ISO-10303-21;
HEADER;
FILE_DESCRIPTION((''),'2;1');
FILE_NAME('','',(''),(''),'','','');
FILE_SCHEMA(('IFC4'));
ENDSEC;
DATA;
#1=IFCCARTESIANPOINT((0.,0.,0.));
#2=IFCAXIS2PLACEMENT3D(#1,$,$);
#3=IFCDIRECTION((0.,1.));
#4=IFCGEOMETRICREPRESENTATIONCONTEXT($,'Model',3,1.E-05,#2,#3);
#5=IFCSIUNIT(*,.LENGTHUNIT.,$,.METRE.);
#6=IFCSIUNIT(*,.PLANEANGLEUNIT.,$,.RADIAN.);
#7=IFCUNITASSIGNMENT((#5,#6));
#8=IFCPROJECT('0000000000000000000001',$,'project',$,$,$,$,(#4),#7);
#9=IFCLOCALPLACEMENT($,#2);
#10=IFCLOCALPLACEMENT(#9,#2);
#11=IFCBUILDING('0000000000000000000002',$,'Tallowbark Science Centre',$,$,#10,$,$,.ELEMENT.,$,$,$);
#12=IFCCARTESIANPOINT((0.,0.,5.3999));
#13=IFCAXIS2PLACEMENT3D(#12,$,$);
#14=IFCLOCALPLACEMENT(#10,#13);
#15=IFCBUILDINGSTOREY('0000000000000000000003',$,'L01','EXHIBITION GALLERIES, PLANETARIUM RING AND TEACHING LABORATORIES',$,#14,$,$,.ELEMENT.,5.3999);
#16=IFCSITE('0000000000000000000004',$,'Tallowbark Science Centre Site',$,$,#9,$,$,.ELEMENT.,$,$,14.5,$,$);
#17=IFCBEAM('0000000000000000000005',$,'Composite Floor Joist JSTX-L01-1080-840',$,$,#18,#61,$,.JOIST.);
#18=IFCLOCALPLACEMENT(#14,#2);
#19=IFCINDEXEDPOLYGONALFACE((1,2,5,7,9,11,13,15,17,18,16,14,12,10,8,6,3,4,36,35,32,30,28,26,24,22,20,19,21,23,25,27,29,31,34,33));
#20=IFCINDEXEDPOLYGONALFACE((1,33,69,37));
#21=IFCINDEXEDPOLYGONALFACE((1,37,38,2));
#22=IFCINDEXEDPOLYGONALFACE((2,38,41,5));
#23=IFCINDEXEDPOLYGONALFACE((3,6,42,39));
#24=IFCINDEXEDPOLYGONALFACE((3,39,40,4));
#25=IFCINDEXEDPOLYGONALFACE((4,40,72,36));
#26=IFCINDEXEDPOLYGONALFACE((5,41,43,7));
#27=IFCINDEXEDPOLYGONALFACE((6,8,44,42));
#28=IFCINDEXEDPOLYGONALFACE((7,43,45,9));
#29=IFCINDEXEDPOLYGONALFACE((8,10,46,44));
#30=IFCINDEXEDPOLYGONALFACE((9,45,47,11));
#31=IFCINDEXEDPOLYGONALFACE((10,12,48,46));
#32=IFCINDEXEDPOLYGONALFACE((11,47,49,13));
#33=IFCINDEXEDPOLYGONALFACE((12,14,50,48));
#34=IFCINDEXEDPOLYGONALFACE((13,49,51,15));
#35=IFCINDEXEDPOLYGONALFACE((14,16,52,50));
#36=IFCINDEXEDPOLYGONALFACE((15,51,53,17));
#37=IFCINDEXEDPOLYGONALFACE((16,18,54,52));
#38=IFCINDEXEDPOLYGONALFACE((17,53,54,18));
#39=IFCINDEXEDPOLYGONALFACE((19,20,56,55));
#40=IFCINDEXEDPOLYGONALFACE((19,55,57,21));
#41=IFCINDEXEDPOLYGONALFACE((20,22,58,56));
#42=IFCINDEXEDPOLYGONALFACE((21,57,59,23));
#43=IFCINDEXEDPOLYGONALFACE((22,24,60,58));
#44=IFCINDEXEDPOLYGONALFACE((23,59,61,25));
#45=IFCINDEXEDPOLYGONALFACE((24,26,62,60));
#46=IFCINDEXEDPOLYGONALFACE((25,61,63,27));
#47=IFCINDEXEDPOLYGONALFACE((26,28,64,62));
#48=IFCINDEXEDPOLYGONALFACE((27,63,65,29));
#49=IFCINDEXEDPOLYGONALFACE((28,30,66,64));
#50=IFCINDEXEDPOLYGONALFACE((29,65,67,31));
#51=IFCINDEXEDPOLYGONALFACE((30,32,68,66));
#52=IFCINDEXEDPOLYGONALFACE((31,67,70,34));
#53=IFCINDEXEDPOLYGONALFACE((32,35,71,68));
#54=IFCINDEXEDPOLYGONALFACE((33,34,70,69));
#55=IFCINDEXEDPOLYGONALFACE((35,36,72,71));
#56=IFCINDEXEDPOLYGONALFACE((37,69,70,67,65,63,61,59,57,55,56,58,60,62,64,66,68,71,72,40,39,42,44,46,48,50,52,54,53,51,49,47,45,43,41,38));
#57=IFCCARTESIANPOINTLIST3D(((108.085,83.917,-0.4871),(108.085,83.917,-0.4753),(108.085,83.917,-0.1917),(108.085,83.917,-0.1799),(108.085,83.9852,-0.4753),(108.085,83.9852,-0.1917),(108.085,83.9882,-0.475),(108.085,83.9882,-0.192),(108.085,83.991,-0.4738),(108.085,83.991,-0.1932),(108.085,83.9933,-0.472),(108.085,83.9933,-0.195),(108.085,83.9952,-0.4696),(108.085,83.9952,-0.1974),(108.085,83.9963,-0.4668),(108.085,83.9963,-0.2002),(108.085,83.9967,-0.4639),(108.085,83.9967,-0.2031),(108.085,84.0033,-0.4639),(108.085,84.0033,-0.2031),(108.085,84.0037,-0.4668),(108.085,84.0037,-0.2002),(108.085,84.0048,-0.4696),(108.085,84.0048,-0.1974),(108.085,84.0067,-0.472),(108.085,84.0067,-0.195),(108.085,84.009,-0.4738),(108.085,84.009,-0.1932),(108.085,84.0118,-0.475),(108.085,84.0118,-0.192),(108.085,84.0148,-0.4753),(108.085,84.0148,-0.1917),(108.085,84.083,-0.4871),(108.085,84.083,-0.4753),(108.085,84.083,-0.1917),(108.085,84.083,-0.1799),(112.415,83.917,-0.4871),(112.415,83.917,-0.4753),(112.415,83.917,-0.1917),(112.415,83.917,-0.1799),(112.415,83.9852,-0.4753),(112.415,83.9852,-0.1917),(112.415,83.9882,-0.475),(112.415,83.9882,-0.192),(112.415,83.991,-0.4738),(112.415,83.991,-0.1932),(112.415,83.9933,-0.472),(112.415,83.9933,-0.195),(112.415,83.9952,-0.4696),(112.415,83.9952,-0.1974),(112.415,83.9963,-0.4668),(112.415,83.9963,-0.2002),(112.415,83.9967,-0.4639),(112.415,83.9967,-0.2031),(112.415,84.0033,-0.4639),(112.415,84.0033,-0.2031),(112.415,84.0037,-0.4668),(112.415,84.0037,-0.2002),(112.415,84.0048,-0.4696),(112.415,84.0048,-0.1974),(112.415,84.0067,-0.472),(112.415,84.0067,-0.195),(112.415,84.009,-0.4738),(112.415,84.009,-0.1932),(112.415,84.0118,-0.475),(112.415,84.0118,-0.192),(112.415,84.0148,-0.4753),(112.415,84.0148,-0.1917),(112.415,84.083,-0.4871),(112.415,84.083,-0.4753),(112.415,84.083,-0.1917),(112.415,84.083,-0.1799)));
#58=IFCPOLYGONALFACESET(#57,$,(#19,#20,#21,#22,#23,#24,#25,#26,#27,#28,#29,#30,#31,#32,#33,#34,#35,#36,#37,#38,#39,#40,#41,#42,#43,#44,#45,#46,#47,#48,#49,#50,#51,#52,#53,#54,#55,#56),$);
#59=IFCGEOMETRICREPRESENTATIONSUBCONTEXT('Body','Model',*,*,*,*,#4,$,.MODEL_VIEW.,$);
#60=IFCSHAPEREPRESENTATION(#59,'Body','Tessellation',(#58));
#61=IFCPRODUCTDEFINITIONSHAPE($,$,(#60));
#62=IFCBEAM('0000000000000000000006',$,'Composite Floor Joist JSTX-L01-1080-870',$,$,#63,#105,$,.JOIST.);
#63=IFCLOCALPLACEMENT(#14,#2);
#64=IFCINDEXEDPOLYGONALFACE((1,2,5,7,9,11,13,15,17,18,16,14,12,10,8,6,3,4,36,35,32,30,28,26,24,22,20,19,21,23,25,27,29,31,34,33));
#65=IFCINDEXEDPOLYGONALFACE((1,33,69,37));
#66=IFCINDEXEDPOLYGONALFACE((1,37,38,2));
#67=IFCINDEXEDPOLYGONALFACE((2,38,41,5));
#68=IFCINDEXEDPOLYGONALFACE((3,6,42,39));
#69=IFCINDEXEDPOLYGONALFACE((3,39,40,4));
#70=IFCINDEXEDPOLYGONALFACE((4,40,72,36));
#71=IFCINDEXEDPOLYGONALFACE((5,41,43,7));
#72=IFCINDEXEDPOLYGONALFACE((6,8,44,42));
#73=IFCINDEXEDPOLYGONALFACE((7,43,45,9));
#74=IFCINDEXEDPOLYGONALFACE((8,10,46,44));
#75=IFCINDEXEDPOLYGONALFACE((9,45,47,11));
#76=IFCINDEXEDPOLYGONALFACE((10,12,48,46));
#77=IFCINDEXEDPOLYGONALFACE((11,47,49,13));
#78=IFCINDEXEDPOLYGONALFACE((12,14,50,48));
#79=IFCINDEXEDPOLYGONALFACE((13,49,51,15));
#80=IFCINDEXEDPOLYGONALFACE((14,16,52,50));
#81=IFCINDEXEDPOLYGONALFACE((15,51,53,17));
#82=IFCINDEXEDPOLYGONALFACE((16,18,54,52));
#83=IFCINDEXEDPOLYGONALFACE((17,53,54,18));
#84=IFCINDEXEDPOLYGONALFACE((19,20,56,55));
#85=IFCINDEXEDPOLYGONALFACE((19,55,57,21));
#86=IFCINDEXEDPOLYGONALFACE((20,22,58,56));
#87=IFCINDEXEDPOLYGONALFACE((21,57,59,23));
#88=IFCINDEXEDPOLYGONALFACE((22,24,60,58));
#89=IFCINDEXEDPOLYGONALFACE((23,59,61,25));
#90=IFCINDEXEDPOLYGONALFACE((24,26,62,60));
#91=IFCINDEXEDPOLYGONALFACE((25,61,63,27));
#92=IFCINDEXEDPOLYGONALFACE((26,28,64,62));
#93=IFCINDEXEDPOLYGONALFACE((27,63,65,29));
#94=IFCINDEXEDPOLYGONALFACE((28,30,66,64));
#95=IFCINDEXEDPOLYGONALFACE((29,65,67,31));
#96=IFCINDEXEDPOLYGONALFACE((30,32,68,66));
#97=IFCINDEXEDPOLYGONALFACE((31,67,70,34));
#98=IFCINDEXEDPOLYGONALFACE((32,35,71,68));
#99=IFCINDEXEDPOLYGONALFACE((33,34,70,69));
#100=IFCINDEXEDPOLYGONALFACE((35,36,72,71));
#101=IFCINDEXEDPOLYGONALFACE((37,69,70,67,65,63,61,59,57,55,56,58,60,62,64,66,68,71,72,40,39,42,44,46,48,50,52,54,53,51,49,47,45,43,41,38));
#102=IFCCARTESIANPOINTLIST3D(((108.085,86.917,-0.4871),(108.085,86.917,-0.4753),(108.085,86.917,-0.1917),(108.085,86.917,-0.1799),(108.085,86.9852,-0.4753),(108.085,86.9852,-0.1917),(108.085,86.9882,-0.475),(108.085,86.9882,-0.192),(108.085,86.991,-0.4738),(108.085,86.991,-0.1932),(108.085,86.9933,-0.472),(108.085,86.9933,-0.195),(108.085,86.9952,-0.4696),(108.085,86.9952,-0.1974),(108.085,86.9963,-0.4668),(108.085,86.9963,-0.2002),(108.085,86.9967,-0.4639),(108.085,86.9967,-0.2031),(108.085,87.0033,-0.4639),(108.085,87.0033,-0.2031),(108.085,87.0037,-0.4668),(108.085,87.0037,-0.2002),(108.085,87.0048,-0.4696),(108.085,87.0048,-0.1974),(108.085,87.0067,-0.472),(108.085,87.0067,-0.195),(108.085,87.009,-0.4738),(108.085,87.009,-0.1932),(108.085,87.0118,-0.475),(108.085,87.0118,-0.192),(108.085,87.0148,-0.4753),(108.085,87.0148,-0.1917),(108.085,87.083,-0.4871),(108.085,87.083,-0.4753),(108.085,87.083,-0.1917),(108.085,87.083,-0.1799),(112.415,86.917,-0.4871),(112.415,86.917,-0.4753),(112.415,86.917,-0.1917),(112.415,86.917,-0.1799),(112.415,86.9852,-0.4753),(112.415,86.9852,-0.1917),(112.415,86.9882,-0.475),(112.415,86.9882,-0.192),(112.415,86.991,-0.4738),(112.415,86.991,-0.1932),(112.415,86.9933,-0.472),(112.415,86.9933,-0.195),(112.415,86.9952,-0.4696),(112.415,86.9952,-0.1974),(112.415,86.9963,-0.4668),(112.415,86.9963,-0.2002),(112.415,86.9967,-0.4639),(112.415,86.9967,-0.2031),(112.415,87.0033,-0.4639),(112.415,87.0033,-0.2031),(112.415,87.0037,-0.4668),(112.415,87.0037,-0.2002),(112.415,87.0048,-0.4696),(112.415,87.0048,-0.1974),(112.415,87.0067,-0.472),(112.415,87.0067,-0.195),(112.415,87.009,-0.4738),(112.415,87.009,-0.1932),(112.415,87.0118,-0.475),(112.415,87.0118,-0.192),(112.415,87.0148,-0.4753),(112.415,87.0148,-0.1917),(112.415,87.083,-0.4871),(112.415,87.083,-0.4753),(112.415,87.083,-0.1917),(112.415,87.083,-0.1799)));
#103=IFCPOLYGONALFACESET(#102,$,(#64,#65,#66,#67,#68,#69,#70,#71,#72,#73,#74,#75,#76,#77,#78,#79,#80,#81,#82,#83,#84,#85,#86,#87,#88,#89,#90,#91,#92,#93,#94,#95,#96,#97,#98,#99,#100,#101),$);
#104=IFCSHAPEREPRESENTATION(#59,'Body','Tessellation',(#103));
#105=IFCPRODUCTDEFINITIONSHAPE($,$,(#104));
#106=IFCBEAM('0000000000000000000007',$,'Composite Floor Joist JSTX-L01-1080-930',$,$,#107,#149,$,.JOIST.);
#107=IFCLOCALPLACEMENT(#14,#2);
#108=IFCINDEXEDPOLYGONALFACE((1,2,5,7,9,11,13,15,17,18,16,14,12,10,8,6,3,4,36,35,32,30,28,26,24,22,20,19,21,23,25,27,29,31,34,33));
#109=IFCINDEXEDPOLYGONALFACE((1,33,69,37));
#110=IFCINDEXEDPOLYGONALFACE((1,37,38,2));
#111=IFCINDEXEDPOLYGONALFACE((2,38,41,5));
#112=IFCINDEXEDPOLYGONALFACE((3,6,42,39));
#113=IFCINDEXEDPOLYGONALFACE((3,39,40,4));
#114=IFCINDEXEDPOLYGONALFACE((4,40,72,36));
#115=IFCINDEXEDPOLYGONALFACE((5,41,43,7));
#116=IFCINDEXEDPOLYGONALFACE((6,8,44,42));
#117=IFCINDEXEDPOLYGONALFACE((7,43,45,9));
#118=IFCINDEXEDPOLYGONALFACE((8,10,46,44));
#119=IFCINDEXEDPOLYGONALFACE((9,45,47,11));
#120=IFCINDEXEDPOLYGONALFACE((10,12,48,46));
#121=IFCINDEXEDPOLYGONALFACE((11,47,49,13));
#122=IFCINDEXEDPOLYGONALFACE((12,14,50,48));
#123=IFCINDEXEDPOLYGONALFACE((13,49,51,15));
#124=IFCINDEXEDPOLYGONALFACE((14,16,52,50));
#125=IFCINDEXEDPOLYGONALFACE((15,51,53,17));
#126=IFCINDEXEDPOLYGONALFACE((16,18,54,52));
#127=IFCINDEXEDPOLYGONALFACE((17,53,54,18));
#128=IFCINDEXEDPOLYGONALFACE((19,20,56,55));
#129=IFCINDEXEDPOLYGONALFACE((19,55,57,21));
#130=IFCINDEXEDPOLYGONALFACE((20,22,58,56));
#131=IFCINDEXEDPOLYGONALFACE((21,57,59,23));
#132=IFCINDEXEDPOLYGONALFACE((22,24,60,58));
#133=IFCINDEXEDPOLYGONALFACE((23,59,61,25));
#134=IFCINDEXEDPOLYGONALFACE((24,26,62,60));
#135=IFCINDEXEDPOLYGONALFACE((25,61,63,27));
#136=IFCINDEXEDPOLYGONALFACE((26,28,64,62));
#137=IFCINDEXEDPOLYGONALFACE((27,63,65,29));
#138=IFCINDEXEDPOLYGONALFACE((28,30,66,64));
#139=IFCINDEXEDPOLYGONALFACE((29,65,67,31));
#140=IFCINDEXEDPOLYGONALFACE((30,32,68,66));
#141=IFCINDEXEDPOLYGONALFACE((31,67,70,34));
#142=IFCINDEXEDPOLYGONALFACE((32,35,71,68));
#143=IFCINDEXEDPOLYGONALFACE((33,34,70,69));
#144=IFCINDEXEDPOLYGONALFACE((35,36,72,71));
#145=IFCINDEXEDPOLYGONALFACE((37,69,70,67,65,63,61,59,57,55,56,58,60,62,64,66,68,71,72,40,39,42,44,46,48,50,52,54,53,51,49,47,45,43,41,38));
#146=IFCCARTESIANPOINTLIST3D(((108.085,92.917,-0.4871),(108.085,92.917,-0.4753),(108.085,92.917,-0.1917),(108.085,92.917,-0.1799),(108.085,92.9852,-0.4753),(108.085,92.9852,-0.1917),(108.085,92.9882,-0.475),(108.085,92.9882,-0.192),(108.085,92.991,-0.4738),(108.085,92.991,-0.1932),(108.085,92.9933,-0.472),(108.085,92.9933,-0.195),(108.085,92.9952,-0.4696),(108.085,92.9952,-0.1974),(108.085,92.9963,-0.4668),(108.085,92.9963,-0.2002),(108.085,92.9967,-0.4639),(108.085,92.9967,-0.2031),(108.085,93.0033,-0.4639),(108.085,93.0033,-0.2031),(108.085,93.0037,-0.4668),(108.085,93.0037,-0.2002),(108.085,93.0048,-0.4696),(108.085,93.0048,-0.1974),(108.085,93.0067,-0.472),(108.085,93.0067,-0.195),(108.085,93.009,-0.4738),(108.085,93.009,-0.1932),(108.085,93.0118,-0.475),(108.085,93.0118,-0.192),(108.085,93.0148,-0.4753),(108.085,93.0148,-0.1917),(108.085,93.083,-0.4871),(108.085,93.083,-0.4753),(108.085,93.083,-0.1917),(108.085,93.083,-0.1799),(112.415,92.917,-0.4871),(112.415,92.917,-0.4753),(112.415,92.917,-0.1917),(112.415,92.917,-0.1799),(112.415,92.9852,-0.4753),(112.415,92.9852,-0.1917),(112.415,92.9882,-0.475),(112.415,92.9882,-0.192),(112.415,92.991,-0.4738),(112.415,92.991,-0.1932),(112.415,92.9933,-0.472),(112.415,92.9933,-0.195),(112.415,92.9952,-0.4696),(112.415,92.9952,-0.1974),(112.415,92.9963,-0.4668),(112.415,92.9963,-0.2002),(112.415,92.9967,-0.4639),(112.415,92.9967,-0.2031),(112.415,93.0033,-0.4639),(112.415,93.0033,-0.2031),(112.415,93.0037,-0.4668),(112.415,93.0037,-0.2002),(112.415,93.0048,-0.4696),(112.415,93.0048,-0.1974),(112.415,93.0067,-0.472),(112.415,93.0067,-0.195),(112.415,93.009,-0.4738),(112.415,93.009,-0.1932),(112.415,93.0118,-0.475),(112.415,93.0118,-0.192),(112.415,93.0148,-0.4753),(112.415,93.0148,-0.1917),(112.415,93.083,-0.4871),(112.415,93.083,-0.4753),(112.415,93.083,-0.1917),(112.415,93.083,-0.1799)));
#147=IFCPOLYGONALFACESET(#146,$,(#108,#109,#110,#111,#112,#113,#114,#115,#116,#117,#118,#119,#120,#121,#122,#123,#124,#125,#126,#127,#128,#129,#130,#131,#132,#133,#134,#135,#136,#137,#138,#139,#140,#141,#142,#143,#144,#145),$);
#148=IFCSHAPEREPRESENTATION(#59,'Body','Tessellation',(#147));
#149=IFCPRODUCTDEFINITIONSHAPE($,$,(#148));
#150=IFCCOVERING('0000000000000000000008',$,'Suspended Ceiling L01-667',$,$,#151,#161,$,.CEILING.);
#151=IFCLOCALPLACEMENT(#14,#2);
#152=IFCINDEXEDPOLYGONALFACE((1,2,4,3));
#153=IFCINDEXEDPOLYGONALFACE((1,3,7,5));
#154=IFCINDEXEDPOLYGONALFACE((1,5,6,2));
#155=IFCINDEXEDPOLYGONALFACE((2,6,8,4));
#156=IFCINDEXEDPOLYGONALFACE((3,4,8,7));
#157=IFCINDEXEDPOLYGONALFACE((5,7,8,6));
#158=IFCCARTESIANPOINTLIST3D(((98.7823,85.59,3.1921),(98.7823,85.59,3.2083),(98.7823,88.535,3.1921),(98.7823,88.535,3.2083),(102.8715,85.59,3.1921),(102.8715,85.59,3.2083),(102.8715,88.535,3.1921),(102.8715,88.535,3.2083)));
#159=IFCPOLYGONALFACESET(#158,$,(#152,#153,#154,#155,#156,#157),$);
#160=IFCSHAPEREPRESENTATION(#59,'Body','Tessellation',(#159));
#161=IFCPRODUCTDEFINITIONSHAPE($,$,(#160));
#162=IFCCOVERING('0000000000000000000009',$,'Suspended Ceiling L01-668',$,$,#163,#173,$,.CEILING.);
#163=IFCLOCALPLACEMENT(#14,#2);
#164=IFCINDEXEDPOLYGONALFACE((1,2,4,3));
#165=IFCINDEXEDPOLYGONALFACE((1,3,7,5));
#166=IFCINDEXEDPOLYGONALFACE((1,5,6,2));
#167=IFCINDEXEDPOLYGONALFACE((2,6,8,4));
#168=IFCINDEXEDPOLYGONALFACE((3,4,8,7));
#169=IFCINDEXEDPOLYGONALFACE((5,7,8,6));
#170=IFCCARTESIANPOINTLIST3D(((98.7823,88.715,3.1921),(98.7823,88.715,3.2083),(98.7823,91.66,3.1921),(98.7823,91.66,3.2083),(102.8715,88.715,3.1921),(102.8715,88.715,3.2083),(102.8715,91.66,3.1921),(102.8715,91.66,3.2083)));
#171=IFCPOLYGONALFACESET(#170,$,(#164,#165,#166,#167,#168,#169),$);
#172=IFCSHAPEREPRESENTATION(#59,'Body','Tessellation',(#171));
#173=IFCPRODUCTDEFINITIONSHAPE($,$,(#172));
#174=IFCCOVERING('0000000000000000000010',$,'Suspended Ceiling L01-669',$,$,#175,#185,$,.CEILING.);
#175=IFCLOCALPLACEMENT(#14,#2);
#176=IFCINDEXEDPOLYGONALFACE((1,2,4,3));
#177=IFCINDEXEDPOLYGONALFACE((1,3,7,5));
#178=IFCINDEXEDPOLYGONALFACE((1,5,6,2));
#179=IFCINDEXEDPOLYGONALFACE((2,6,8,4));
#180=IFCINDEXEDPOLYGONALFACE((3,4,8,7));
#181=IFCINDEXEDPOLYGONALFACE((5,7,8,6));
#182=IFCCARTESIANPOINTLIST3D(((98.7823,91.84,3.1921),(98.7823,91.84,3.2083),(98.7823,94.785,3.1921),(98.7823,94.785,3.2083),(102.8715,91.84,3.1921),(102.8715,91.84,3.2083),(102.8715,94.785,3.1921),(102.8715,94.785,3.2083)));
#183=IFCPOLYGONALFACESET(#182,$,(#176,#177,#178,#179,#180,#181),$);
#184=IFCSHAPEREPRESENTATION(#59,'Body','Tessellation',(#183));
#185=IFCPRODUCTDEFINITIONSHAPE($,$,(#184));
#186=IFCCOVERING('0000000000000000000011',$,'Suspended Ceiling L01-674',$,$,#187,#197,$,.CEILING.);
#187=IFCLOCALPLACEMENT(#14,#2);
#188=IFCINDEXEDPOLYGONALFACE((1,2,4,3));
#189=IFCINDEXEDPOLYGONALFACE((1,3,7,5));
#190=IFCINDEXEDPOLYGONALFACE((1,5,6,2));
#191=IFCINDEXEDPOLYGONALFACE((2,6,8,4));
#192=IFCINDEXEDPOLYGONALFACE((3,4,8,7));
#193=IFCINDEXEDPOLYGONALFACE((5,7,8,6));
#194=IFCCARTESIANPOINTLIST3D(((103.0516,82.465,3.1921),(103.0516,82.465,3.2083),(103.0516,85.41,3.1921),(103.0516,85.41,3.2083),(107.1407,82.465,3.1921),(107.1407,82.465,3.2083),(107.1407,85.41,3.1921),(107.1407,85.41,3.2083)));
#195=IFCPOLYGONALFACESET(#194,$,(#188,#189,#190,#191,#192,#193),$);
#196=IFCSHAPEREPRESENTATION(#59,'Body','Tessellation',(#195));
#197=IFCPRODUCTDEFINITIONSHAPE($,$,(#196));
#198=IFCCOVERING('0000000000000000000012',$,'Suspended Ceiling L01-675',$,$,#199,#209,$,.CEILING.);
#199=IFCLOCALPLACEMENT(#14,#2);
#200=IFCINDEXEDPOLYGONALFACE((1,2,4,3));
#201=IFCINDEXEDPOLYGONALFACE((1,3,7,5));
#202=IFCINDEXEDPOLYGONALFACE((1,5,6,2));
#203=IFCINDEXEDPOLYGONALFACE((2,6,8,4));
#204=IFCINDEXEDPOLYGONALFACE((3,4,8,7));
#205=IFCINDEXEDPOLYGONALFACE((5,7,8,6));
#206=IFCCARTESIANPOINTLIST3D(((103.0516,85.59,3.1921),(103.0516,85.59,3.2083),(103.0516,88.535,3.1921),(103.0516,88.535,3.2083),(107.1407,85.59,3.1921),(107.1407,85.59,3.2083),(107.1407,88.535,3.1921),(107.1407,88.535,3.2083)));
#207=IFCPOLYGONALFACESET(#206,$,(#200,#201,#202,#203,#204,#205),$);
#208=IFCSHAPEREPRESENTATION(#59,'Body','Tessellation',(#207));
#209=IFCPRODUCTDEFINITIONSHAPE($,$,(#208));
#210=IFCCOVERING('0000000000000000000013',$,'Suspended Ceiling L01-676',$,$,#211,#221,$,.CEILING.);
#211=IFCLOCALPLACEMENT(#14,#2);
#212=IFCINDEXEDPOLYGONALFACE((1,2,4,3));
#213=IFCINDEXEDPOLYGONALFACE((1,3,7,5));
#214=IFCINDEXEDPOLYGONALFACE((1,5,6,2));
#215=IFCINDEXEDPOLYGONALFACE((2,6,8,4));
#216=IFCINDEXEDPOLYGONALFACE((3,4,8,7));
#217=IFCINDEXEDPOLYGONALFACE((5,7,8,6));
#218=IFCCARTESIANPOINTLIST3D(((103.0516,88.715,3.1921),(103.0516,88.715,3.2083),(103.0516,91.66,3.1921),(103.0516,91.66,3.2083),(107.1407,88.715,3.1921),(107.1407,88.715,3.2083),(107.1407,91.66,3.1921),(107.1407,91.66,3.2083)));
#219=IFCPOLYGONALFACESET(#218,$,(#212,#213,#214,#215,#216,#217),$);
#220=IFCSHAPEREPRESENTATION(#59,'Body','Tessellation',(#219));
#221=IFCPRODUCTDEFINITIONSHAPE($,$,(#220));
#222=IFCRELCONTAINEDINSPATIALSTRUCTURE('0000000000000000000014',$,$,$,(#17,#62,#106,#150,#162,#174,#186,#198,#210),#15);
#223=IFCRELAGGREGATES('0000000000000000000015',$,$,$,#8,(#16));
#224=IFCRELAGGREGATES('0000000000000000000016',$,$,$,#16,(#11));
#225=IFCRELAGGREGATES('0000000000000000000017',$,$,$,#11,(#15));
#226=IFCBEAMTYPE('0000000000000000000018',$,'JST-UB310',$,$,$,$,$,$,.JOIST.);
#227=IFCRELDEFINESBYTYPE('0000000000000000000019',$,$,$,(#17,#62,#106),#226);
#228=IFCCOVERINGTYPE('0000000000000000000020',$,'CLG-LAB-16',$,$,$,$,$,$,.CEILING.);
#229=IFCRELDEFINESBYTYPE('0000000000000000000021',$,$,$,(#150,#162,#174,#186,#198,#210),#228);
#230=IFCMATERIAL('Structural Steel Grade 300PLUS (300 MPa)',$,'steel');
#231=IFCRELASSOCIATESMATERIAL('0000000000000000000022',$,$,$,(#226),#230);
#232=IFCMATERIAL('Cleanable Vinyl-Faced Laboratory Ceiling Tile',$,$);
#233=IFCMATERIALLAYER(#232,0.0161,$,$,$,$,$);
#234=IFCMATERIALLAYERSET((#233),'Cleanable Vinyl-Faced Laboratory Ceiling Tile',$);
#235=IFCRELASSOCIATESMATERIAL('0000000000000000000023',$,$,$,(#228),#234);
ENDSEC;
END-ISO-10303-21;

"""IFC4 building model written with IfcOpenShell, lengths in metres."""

from ifc_helpers import new_model, si_unit, direction, frame, origin, origin_2d, place, context, subcontext, project, spatial, rectangle, i_section, extrude, material, layer, layer_set, material_profile, profile_set, type_object, element, save


model = new_model("IFC4")

# Units and contexts
model_context = context("Model", 3, precision=1e-05, world=origin(), true_north=direction((0.0, 1.0)))
body_context = subcontext(model_context, "Body", "Model", "MODEL_VIEW")
ifc_project = project(units=[si_unit("LENGTHUNIT", "METRE"), si_unit("PLANEANGLEUNIT", "RADIAN")], contexts=[model_context])

# Site, building, storey
site_placement = place(None, origin())
site = spatial("IfcSite", under=ifc_project, at=site_placement, Name="Tallowbark Science Centre Site", CompositionType="ELEMENT", RefElevation=14.5)
building_placement = place(site_placement, origin())
building = spatial("IfcBuilding", under=site, at=building_placement, Name="Tallowbark Science Centre", CompositionType="ELEMENT")
storey_placement = place(building_placement, frame((0.0, 0.0, 5.3999)))
storey = spatial("IfcBuildingStorey", under=building, at=storey_placement, Name="L01", Description="EXHIBITION GALLERIES, PLANETARIUM RING AND TEACHING LABORATORIES", CompositionType="ELEMENT", Elevation=5.3999)

# Shared definitions
ifc_material_1 = material(Name="Structural Steel Grade 300PLUS (300 MPa)", Category="steel")

# Beams
ifc_material_profile_1 = material_profile(ifc_material_1, i_section(OverallWidth=0.166, OverallDepth=0.3071, WebThickness=0.0066, FlangeThickness=0.0117, FilletRadius=0.0115, at=origin_2d()), Name="310UB46.2")
ifc_profile_set_1 = profile_set([ifc_material_profile_1], Name="Structural Steel Grade 300PLUS (300 MPa)")
beam_type_1 = type_object("IfcBeamType", Name="JST-UB310", PredefinedType="JOIST", material=ifc_profile_set_1)
for number, where, z_axis, x_axis, name in (
    (1, (108.085, 84.0, -0.3335), (1.0, 0.0, 0.0), (0.0, 1.0, 0.0), "Composite Floor Joist JSTX-L01-1080-840"),
    (2, (108.085, 87.0, -0.3335), (1.0, 0.0, 0.0), (0.0, 1.0, 0.0), "Composite Floor Joist JSTX-L01-1080-870"),
    (3, (108.085, 93.0, -0.3335), (1.0, 0.0, 0.0), (0.0, 1.0, 0.0), "Composite Floor Joist JSTX-L01-1080-930"),
):
    element("IfcBeam", number, at=place(storey_placement, frame(where, z_axis=z_axis, x_axis=x_axis)), inside=storey, type_object=beam_type_1, Name=name, PredefinedType="JOIST", context=body_context, shape_type="SweptSolid", body=[
        extrude(i_section(OverallWidth=0.166, OverallDepth=0.3071, WebThickness=0.0066, FlangeThickness=0.0117, FilletRadius=0.0115, at=origin_2d()), origin(), (0.0, 0.0, 1.0), 4.3301),
    ])

# Coverings
ifc_material_2 = material(Name="Cleanable Vinyl-Faced Laboratory Ceiling Tile")
ifc_layer_1 = layer(ifc_material_2, 0.0161)
ifc_layer_set_1 = layer_set([ifc_layer_1], Name="Cleanable Vinyl-Faced Laboratory Ceiling Tile")
covering_type_1 = type_object("IfcCoveringType", Name="CLG-LAB-16", PredefinedType="CEILING", material=ifc_layer_set_1)
for number, where, z_axis, x_axis, name in (
    (4, (100.8269, 87.0625, 3.1921), (0.0, 0.0, 1.0), (1.0, 0.0, 0.0), "Suspended Ceiling L01-667"),
    (5, (100.8269, 90.1875, 3.1921), (0.0, 0.0, 1.0), (1.0, 0.0, 0.0), "Suspended Ceiling L01-668"),
    (6, (100.8269, 93.3125, 3.1921), (0.0, 0.0, 1.0), (1.0, 0.0, 0.0), "Suspended Ceiling L01-669"),
    (7, (105.0962, 83.9375, 3.1921), (0.0, 0.0, 1.0), (1.0, 0.0, 0.0), "Suspended Ceiling L01-674"),
    (8, (105.0962, 87.0625, 3.1921), (0.0, 0.0, 1.0), (1.0, 0.0, 0.0), "Suspended Ceiling L01-675"),
    (9, (105.0962, 90.1875, 3.1921), (0.0, 0.0, 1.0), (1.0, 0.0, 0.0), "Suspended Ceiling L01-676"),
):
    element("IfcCovering", number, at=place(storey_placement, frame(where, z_axis=z_axis, x_axis=x_axis)), inside=storey, type_object=covering_type_1, Name=name, PredefinedType="CEILING", context=body_context, shape_type="SweptSolid", body=[
        extrude(rectangle(XDim=4.0891, YDim=2.9451, at=origin_2d()), origin(), (0.0, 0.0, 1.0), 0.0161),
    ])

save(model, "model.ifc")
